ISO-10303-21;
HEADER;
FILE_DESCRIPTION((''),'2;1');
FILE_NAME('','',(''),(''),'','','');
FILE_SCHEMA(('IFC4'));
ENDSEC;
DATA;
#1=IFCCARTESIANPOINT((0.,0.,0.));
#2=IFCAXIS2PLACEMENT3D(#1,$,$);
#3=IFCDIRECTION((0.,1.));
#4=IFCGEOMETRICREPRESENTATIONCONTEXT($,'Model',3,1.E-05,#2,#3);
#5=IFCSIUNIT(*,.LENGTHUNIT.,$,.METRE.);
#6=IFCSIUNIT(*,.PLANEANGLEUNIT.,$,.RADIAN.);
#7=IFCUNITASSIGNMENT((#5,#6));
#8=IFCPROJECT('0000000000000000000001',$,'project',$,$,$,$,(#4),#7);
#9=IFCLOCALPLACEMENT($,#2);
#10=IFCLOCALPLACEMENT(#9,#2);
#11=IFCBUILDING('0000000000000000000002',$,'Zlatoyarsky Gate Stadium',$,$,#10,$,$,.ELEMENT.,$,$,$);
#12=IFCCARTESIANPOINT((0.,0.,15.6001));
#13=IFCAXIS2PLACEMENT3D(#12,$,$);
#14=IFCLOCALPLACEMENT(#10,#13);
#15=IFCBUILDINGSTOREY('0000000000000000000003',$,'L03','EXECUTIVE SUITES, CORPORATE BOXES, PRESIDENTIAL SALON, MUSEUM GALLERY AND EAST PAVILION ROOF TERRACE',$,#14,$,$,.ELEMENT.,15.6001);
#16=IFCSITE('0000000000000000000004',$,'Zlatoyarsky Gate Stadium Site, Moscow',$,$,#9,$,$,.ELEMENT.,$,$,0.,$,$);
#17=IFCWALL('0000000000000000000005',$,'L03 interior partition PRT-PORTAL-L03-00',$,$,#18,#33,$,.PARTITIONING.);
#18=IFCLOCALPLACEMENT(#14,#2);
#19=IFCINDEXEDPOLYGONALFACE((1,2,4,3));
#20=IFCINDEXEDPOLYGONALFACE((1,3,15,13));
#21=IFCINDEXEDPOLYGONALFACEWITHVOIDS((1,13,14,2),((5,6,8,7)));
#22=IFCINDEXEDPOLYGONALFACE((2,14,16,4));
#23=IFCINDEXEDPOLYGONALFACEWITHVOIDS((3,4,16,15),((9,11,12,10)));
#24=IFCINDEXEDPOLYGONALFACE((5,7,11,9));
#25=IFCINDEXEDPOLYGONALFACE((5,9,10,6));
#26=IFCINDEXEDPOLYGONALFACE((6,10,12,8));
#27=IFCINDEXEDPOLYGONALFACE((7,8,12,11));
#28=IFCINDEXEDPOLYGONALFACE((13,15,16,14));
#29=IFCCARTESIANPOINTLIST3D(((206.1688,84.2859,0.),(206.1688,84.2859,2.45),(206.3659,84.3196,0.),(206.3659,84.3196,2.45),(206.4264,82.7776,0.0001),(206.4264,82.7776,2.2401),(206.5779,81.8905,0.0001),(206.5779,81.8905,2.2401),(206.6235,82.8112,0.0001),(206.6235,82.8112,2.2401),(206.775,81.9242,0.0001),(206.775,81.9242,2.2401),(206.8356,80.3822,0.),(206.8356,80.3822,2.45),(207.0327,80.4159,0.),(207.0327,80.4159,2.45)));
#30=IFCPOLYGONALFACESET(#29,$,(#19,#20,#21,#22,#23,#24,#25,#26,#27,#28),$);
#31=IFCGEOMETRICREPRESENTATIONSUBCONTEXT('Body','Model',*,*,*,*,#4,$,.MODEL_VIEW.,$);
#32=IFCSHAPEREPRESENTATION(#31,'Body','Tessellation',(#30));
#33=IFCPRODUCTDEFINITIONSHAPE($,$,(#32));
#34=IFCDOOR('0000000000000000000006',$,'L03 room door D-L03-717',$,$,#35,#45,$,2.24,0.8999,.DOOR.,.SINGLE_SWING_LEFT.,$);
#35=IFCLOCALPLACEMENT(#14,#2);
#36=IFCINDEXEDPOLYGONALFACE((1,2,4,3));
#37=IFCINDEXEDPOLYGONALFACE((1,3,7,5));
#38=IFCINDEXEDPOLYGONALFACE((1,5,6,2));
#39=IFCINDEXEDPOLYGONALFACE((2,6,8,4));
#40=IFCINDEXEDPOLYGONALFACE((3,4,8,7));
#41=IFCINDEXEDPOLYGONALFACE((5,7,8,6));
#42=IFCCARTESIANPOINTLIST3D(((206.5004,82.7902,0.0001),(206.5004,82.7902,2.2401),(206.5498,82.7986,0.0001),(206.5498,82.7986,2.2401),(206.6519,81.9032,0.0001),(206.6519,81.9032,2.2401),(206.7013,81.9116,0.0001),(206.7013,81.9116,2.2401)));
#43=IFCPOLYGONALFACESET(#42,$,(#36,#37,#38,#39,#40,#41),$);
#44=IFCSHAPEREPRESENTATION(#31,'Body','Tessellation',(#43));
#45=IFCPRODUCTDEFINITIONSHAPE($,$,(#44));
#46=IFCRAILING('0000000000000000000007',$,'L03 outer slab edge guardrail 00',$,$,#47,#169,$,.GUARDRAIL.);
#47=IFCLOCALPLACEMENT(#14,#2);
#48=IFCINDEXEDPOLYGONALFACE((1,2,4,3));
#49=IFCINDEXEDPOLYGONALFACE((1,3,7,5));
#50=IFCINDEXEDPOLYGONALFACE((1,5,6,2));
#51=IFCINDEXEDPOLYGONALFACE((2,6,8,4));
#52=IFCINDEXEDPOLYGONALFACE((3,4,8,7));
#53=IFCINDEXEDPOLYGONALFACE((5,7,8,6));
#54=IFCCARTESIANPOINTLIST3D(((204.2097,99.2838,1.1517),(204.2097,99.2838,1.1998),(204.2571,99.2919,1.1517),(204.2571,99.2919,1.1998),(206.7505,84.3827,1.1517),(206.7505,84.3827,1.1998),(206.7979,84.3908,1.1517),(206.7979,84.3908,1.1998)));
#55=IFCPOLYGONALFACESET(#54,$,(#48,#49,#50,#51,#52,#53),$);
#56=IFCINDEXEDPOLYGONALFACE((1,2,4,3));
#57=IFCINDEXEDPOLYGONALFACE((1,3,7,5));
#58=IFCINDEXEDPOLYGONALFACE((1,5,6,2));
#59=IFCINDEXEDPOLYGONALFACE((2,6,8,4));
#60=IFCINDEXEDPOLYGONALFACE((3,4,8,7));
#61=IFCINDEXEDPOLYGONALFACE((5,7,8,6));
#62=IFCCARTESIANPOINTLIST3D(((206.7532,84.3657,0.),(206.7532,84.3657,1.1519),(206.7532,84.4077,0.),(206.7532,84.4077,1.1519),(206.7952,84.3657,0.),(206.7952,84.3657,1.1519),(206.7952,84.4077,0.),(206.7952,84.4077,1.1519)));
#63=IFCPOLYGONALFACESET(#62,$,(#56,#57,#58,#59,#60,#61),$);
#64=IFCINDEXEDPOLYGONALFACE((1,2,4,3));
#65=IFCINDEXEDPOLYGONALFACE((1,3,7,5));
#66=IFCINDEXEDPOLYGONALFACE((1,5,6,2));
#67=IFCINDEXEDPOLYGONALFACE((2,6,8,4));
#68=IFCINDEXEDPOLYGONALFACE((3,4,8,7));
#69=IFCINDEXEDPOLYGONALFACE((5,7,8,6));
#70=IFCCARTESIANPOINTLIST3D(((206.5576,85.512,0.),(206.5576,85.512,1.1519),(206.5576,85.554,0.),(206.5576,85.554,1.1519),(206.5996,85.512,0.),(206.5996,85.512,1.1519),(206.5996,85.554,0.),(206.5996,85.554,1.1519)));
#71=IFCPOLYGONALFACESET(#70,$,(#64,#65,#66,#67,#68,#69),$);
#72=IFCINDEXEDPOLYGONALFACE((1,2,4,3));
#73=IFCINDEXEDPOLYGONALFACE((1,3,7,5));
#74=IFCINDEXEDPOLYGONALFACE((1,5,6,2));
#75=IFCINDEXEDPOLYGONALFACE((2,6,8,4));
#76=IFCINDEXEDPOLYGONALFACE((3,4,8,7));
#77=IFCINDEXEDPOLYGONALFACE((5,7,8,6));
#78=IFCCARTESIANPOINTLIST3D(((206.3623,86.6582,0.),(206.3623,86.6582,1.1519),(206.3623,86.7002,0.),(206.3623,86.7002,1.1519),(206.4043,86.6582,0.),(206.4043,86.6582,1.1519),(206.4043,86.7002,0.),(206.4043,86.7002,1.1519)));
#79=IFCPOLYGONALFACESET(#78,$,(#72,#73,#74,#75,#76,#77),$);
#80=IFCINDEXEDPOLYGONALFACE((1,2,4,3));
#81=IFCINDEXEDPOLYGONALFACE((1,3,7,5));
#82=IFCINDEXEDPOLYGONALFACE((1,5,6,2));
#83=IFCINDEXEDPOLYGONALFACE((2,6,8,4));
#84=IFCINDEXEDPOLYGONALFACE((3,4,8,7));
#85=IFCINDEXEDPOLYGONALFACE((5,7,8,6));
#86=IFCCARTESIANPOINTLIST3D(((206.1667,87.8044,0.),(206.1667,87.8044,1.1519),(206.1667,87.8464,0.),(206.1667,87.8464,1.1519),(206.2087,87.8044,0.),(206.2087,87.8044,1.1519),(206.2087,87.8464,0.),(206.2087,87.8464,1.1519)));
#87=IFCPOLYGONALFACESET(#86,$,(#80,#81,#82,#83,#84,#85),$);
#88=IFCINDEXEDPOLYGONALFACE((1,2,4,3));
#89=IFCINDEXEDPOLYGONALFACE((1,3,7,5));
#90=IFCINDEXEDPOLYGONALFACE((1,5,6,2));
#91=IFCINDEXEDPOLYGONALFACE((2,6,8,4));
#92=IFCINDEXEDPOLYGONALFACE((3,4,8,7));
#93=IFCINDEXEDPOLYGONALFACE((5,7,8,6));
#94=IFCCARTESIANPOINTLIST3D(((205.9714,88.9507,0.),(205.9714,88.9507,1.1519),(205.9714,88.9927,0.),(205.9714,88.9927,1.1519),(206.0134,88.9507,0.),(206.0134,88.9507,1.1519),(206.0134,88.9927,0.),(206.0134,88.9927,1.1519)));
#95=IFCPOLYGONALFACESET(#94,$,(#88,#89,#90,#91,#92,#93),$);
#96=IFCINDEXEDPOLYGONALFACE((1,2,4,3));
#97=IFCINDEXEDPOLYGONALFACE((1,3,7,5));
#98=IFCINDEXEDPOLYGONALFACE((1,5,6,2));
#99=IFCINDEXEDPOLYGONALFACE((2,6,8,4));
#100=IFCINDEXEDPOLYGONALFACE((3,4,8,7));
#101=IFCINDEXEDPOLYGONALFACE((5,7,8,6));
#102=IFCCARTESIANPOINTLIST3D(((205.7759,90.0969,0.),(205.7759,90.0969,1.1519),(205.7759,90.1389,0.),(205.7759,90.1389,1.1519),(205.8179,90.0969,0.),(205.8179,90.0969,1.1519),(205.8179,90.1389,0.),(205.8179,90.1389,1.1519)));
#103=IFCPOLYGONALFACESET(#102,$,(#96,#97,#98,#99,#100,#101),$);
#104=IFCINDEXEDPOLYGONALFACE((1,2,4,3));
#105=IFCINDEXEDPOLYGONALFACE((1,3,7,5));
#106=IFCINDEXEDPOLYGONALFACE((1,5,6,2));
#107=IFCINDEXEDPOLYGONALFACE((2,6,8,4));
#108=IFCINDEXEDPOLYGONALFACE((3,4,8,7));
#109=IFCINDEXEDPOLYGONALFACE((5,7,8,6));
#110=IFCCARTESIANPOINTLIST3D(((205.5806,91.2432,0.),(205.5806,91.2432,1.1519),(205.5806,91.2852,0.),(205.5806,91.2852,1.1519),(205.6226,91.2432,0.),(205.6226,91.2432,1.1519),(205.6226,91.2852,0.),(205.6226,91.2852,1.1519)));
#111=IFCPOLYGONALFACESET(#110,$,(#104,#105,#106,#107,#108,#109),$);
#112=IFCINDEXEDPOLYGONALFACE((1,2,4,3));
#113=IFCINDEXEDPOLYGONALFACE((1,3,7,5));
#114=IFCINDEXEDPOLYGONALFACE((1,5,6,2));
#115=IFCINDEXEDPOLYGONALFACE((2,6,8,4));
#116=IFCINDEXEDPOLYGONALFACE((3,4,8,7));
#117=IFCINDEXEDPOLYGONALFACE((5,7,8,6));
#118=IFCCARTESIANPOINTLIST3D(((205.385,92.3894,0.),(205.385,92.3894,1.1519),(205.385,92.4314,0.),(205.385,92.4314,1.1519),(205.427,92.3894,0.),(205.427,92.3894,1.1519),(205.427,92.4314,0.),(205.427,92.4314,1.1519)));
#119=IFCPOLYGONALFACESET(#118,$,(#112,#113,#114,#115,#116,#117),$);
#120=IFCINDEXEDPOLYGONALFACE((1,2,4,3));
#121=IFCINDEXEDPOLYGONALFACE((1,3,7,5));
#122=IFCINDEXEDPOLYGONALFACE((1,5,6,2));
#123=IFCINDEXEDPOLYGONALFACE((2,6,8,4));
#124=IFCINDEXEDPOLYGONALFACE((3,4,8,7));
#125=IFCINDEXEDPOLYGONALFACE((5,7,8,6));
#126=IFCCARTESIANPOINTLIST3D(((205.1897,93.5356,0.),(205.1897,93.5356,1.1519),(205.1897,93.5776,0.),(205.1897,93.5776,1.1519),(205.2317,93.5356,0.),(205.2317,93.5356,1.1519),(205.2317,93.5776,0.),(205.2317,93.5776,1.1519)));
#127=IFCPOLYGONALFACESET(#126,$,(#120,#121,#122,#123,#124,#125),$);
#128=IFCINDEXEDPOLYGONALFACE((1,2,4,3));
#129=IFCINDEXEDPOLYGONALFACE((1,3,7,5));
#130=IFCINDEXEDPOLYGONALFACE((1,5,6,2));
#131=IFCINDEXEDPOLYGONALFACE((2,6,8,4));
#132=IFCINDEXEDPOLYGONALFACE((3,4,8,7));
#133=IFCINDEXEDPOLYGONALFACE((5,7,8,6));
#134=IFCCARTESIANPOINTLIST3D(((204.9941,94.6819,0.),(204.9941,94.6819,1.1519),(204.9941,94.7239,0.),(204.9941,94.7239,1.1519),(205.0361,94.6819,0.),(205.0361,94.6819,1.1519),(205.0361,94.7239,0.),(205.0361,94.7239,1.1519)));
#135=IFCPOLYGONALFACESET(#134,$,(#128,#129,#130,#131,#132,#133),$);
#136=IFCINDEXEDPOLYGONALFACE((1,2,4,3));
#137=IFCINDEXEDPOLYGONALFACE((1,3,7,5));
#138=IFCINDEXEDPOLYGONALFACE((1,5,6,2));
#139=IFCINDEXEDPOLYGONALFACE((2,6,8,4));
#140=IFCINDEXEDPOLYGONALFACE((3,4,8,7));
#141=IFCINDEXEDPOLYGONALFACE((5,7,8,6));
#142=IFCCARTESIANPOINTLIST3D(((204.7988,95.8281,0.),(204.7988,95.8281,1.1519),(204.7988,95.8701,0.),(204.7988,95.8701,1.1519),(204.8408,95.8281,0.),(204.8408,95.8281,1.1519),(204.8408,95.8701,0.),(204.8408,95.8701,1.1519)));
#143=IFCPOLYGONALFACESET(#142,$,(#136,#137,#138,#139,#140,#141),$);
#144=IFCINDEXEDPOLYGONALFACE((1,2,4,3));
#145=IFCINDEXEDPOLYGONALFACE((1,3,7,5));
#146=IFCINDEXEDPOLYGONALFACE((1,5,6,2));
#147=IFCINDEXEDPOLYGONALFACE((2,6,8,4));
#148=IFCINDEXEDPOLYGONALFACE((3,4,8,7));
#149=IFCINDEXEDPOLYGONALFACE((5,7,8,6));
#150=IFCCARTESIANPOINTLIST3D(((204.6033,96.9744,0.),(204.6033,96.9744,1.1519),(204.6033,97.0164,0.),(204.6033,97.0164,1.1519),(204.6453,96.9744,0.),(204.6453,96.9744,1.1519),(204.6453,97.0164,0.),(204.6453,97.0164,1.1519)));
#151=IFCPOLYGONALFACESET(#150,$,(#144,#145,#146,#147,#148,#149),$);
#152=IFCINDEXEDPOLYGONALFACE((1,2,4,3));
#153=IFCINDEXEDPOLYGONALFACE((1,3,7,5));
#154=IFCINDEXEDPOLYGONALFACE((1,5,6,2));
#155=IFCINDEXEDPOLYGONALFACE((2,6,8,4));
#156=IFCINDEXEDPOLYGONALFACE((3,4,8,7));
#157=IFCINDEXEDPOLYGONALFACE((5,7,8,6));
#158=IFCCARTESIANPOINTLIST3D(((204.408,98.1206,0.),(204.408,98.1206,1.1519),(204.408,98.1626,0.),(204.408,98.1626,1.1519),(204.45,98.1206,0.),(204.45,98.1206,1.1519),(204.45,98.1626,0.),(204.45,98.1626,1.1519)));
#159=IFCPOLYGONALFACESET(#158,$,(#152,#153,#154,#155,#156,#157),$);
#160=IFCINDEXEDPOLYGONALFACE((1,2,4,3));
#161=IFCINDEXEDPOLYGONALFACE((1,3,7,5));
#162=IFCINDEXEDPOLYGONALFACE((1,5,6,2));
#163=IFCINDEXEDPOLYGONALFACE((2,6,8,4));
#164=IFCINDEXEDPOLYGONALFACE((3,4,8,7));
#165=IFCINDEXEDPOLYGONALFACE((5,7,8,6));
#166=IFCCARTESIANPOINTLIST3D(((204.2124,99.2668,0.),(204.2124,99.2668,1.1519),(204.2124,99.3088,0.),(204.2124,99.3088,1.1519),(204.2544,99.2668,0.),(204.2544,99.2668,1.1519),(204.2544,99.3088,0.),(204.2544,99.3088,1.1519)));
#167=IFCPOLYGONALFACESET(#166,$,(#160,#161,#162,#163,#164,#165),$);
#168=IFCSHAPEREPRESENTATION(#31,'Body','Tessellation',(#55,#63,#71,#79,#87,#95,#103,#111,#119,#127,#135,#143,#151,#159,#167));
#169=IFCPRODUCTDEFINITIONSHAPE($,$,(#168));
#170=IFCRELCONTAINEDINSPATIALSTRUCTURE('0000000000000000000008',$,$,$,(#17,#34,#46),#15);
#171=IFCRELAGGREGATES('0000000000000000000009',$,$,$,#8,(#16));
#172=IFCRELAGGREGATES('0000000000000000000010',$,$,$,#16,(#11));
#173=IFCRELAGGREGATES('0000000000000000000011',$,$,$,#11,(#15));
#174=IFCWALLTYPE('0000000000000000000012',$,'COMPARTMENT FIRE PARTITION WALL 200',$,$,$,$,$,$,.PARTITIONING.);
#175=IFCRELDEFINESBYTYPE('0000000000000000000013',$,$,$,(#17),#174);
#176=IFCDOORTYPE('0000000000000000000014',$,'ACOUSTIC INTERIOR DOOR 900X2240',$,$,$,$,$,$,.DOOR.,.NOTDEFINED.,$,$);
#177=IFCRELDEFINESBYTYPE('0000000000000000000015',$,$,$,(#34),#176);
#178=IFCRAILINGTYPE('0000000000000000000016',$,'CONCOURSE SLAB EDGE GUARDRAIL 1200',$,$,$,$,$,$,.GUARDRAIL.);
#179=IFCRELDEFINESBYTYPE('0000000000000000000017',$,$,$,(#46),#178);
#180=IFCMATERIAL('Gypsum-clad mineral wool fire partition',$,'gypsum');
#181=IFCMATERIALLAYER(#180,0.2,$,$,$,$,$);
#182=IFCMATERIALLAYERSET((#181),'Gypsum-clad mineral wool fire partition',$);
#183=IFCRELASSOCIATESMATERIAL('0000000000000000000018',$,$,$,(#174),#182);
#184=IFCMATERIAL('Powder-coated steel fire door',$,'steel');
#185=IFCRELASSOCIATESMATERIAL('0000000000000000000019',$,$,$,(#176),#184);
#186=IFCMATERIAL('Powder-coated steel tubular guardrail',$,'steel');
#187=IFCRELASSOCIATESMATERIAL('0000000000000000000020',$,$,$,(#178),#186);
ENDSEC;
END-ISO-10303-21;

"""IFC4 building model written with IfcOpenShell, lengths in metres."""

from ifc_helpers import new_model, si_unit, direction, frame, frame_2d, origin, origin_2d, place, context, subcontext, project, spatial, rectangle, extrude, material, layer, layer_set, type_object, element, fill, save


model = new_model("IFC4")

# Units and contexts
model_context = context("Model", 3, precision=1e-05, world=origin(), true_north=direction((0.0, 1.0)))
body_context = subcontext(model_context, "Body", "Model", "MODEL_VIEW")
ifc_project = project(units=[si_unit("LENGTHUNIT", "METRE"), si_unit("PLANEANGLEUNIT", "RADIAN")], contexts=[model_context])

# Site, building, storey
site_placement = place(None, origin())
site = spatial("IfcSite", under=ifc_project, at=site_placement, Name="Zlatoyarsky Gate Stadium Site, Moscow", CompositionType="ELEMENT", RefElevation=0.0)
building_placement = place(site_placement, origin())
building = spatial("IfcBuilding", under=site, at=building_placement, Name="Zlatoyarsky Gate Stadium", CompositionType="ELEMENT")
storey_placement = place(building_placement, frame((0.0, 0.0, 15.6001)))
storey = spatial("IfcBuildingStorey", under=building, at=storey_placement, Name="L03", Description="EXECUTIVE SUITES, CORPORATE BOXES, PRESIDENTIAL SALON, MUSEUM GALLERY AND EAST PAVILION ROOF TERRACE", CompositionType="ELEMENT", Elevation=15.6001)

# Wall, opening, door
ifc_material_1 = material(Name="Gypsum-clad mineral wool fire partition", Category="gypsum")
ifc_layer_1 = layer(ifc_material_1, 0.2)
ifc_layer_set_1 = layer_set([ifc_layer_1], Name="Gypsum-clad mineral wool fire partition")
wall_type = type_object("IfcWallType", Name="COMPARTMENT FIRE PARTITION WALL 200", PredefinedType="PARTITIONING", material=ifc_layer_set_1)
wall_placement = place(storey_placement, frame((206.9341, 80.3992, 0.0), z_axis=(0.0, 0.0, 1.0), x_axis=(-0.168367, 0.985724, 0.0)))
wall = element("IfcWall", 1, at=wall_placement, inside=storey, type_object=wall_type, Name="L03 interior partition PRT-PORTAL-L03-00", PredefinedType="PARTITIONING", context=body_context, shape_type="SweptSolid", body=[
    extrude(rectangle(XDim=3.9602, YDim=0.2, at=frame_2d((1.98, 0.0))), origin(), (0.0, 0.0, 1.0), 2.45),
])
opening_placement = place(wall_placement, frame((1.53, 0.0, 0.0)))
opening = element("IfcOpeningElement", 2, at=opening_placement, cuts=wall, PredefinedType="OPENING", context=body_context, shape_type="SweptSolid", body=[
    extrude(rectangle(XDim=0.8999, YDim=2.24, at=frame_2d((0.45, 1.1201))), frame((0.0, 0.1099, 0.0), z_axis=(0.0, -1.0, 0.0), x_axis=(1.0, 0.0, 0.0)), (0.0, 0.0, 1.0), 0.22),
])
ifc_material_2 = material(Name="Powder-coated steel fire door", Category="steel")
door_type = type_object("IfcDoorType", Name="ACOUSTIC INTERIOR DOOR 900X2240", OperationType="NOTDEFINED", PredefinedType="DOOR", material=ifc_material_2)
door_placement = place(opening_placement, origin())
door = element("IfcDoor", 3, at=door_placement, inside=storey, type_object=door_type, Name="L03 room door D-L03-717", OperationType="SINGLE_SWING_LEFT", OverallHeight=2.24, OverallWidth=0.8999, PredefinedType="DOOR", context=body_context, shape_type="SweptSolid", body=[
    extrude(rectangle(XDim=0.8999, YDim=2.24, at=frame_2d((0.45, 1.1201))), frame((0.0, 0.0249, 0.0), z_axis=(0.0, -1.0, 0.0), x_axis=(1.0, 0.0, 0.0)), (0.0, 0.0, 1.0), 0.05),
])
fill(opening, door)

# Railing
ifc_material_3 = material(Name="Powder-coated steel tubular guardrail", Category="steel")
railing_type = type_object("IfcRailingType", Name="CONCOURSE SLAB EDGE GUARDRAIL 1200", PredefinedType="GUARDRAIL", material=ifc_material_3)
railing_placement = place(storey_placement, frame((206.7742, 84.3867, 0.0)))
element("IfcRailing", 4, at=railing_placement, inside=storey, type_object=railing_type, Name="L03 outer slab edge guardrail 00", PredefinedType="GUARDRAIL", context=body_context, shape_type="SweptSolid", body=[
    extrude(rectangle(XDim=0.0481, YDim=0.0481, at=origin_2d()), frame((0.0, 0.0, 1.1758), z_axis=(-0.168083, 0.985773, 0.0), x_axis=(-0.985773, -0.168083, 0.0)), (0.0, 0.0, 1.0), 15.1162),
    extrude(rectangle(XDim=0.042, YDim=0.042, at=origin_2d()), origin(), (0.0, 0.0, 1.0), 1.1519),
    extrude(rectangle(XDim=0.042, YDim=0.042, at=origin_2d()), frame((-0.1956, 1.1462, 0.0)), (0.0, 0.0, 1.0), 1.1519),
    extrude(rectangle(XDim=0.042, YDim=0.042, at=origin_2d()), frame((-0.3909, 2.2925, 0.0)), (0.0, 0.0, 1.0), 1.1519),
    extrude(rectangle(XDim=0.042, YDim=0.042, at=origin_2d()), frame((-0.5864, 3.4387, 0.0)), (0.0, 0.0, 1.0), 1.1519),
    extrude(rectangle(XDim=0.042, YDim=0.042, at=origin_2d()), frame((-0.7817, 4.585, 0.0)), (0.0, 0.0, 1.0), 1.1519),
    extrude(rectangle(XDim=0.042, YDim=0.042, at=origin_2d()), frame((-0.9773, 5.7312, 0.0)), (0.0, 0.0, 1.0), 1.1519),
    extrude(rectangle(XDim=0.042, YDim=0.042, at=origin_2d()), frame((-1.1726, 6.8774, 0.0)), (0.0, 0.0, 1.0), 1.1519),
    extrude(rectangle(XDim=0.042, YDim=0.042, at=origin_2d()), frame((-1.3682, 8.0237, 0.0)), (0.0, 0.0, 1.0), 1.1519),
    extrude(rectangle(XDim=0.042, YDim=0.042, at=origin_2d()), frame((-1.5635, 9.1699, 0.0)), (0.0, 0.0, 1.0), 1.1519),
    extrude(rectangle(XDim=0.042, YDim=0.042, at=origin_2d()), frame((-1.759, 10.3162, 0.0)), (0.0, 0.0, 1.0), 1.1519),
    extrude(rectangle(XDim=0.042, YDim=0.042, at=origin_2d()), frame((-1.9543, 11.4624, 0.0)), (0.0, 0.0, 1.0), 1.1519),
    extrude(rectangle(XDim=0.042, YDim=0.042, at=origin_2d()), frame((-2.1499, 12.6086, 0.0)), (0.0, 0.0, 1.0), 1.1519),
    extrude(rectangle(XDim=0.042, YDim=0.042, at=origin_2d()), frame((-2.3452, 13.7549, 0.0)), (0.0, 0.0, 1.0), 1.1519),
    extrude(rectangle(XDim=0.042, YDim=0.042, at=origin_2d()), frame((-2.5408, 14.9011, 0.0)), (0.0, 0.0, 1.0), 1.1519),
])

save(model, "model.ifc")
